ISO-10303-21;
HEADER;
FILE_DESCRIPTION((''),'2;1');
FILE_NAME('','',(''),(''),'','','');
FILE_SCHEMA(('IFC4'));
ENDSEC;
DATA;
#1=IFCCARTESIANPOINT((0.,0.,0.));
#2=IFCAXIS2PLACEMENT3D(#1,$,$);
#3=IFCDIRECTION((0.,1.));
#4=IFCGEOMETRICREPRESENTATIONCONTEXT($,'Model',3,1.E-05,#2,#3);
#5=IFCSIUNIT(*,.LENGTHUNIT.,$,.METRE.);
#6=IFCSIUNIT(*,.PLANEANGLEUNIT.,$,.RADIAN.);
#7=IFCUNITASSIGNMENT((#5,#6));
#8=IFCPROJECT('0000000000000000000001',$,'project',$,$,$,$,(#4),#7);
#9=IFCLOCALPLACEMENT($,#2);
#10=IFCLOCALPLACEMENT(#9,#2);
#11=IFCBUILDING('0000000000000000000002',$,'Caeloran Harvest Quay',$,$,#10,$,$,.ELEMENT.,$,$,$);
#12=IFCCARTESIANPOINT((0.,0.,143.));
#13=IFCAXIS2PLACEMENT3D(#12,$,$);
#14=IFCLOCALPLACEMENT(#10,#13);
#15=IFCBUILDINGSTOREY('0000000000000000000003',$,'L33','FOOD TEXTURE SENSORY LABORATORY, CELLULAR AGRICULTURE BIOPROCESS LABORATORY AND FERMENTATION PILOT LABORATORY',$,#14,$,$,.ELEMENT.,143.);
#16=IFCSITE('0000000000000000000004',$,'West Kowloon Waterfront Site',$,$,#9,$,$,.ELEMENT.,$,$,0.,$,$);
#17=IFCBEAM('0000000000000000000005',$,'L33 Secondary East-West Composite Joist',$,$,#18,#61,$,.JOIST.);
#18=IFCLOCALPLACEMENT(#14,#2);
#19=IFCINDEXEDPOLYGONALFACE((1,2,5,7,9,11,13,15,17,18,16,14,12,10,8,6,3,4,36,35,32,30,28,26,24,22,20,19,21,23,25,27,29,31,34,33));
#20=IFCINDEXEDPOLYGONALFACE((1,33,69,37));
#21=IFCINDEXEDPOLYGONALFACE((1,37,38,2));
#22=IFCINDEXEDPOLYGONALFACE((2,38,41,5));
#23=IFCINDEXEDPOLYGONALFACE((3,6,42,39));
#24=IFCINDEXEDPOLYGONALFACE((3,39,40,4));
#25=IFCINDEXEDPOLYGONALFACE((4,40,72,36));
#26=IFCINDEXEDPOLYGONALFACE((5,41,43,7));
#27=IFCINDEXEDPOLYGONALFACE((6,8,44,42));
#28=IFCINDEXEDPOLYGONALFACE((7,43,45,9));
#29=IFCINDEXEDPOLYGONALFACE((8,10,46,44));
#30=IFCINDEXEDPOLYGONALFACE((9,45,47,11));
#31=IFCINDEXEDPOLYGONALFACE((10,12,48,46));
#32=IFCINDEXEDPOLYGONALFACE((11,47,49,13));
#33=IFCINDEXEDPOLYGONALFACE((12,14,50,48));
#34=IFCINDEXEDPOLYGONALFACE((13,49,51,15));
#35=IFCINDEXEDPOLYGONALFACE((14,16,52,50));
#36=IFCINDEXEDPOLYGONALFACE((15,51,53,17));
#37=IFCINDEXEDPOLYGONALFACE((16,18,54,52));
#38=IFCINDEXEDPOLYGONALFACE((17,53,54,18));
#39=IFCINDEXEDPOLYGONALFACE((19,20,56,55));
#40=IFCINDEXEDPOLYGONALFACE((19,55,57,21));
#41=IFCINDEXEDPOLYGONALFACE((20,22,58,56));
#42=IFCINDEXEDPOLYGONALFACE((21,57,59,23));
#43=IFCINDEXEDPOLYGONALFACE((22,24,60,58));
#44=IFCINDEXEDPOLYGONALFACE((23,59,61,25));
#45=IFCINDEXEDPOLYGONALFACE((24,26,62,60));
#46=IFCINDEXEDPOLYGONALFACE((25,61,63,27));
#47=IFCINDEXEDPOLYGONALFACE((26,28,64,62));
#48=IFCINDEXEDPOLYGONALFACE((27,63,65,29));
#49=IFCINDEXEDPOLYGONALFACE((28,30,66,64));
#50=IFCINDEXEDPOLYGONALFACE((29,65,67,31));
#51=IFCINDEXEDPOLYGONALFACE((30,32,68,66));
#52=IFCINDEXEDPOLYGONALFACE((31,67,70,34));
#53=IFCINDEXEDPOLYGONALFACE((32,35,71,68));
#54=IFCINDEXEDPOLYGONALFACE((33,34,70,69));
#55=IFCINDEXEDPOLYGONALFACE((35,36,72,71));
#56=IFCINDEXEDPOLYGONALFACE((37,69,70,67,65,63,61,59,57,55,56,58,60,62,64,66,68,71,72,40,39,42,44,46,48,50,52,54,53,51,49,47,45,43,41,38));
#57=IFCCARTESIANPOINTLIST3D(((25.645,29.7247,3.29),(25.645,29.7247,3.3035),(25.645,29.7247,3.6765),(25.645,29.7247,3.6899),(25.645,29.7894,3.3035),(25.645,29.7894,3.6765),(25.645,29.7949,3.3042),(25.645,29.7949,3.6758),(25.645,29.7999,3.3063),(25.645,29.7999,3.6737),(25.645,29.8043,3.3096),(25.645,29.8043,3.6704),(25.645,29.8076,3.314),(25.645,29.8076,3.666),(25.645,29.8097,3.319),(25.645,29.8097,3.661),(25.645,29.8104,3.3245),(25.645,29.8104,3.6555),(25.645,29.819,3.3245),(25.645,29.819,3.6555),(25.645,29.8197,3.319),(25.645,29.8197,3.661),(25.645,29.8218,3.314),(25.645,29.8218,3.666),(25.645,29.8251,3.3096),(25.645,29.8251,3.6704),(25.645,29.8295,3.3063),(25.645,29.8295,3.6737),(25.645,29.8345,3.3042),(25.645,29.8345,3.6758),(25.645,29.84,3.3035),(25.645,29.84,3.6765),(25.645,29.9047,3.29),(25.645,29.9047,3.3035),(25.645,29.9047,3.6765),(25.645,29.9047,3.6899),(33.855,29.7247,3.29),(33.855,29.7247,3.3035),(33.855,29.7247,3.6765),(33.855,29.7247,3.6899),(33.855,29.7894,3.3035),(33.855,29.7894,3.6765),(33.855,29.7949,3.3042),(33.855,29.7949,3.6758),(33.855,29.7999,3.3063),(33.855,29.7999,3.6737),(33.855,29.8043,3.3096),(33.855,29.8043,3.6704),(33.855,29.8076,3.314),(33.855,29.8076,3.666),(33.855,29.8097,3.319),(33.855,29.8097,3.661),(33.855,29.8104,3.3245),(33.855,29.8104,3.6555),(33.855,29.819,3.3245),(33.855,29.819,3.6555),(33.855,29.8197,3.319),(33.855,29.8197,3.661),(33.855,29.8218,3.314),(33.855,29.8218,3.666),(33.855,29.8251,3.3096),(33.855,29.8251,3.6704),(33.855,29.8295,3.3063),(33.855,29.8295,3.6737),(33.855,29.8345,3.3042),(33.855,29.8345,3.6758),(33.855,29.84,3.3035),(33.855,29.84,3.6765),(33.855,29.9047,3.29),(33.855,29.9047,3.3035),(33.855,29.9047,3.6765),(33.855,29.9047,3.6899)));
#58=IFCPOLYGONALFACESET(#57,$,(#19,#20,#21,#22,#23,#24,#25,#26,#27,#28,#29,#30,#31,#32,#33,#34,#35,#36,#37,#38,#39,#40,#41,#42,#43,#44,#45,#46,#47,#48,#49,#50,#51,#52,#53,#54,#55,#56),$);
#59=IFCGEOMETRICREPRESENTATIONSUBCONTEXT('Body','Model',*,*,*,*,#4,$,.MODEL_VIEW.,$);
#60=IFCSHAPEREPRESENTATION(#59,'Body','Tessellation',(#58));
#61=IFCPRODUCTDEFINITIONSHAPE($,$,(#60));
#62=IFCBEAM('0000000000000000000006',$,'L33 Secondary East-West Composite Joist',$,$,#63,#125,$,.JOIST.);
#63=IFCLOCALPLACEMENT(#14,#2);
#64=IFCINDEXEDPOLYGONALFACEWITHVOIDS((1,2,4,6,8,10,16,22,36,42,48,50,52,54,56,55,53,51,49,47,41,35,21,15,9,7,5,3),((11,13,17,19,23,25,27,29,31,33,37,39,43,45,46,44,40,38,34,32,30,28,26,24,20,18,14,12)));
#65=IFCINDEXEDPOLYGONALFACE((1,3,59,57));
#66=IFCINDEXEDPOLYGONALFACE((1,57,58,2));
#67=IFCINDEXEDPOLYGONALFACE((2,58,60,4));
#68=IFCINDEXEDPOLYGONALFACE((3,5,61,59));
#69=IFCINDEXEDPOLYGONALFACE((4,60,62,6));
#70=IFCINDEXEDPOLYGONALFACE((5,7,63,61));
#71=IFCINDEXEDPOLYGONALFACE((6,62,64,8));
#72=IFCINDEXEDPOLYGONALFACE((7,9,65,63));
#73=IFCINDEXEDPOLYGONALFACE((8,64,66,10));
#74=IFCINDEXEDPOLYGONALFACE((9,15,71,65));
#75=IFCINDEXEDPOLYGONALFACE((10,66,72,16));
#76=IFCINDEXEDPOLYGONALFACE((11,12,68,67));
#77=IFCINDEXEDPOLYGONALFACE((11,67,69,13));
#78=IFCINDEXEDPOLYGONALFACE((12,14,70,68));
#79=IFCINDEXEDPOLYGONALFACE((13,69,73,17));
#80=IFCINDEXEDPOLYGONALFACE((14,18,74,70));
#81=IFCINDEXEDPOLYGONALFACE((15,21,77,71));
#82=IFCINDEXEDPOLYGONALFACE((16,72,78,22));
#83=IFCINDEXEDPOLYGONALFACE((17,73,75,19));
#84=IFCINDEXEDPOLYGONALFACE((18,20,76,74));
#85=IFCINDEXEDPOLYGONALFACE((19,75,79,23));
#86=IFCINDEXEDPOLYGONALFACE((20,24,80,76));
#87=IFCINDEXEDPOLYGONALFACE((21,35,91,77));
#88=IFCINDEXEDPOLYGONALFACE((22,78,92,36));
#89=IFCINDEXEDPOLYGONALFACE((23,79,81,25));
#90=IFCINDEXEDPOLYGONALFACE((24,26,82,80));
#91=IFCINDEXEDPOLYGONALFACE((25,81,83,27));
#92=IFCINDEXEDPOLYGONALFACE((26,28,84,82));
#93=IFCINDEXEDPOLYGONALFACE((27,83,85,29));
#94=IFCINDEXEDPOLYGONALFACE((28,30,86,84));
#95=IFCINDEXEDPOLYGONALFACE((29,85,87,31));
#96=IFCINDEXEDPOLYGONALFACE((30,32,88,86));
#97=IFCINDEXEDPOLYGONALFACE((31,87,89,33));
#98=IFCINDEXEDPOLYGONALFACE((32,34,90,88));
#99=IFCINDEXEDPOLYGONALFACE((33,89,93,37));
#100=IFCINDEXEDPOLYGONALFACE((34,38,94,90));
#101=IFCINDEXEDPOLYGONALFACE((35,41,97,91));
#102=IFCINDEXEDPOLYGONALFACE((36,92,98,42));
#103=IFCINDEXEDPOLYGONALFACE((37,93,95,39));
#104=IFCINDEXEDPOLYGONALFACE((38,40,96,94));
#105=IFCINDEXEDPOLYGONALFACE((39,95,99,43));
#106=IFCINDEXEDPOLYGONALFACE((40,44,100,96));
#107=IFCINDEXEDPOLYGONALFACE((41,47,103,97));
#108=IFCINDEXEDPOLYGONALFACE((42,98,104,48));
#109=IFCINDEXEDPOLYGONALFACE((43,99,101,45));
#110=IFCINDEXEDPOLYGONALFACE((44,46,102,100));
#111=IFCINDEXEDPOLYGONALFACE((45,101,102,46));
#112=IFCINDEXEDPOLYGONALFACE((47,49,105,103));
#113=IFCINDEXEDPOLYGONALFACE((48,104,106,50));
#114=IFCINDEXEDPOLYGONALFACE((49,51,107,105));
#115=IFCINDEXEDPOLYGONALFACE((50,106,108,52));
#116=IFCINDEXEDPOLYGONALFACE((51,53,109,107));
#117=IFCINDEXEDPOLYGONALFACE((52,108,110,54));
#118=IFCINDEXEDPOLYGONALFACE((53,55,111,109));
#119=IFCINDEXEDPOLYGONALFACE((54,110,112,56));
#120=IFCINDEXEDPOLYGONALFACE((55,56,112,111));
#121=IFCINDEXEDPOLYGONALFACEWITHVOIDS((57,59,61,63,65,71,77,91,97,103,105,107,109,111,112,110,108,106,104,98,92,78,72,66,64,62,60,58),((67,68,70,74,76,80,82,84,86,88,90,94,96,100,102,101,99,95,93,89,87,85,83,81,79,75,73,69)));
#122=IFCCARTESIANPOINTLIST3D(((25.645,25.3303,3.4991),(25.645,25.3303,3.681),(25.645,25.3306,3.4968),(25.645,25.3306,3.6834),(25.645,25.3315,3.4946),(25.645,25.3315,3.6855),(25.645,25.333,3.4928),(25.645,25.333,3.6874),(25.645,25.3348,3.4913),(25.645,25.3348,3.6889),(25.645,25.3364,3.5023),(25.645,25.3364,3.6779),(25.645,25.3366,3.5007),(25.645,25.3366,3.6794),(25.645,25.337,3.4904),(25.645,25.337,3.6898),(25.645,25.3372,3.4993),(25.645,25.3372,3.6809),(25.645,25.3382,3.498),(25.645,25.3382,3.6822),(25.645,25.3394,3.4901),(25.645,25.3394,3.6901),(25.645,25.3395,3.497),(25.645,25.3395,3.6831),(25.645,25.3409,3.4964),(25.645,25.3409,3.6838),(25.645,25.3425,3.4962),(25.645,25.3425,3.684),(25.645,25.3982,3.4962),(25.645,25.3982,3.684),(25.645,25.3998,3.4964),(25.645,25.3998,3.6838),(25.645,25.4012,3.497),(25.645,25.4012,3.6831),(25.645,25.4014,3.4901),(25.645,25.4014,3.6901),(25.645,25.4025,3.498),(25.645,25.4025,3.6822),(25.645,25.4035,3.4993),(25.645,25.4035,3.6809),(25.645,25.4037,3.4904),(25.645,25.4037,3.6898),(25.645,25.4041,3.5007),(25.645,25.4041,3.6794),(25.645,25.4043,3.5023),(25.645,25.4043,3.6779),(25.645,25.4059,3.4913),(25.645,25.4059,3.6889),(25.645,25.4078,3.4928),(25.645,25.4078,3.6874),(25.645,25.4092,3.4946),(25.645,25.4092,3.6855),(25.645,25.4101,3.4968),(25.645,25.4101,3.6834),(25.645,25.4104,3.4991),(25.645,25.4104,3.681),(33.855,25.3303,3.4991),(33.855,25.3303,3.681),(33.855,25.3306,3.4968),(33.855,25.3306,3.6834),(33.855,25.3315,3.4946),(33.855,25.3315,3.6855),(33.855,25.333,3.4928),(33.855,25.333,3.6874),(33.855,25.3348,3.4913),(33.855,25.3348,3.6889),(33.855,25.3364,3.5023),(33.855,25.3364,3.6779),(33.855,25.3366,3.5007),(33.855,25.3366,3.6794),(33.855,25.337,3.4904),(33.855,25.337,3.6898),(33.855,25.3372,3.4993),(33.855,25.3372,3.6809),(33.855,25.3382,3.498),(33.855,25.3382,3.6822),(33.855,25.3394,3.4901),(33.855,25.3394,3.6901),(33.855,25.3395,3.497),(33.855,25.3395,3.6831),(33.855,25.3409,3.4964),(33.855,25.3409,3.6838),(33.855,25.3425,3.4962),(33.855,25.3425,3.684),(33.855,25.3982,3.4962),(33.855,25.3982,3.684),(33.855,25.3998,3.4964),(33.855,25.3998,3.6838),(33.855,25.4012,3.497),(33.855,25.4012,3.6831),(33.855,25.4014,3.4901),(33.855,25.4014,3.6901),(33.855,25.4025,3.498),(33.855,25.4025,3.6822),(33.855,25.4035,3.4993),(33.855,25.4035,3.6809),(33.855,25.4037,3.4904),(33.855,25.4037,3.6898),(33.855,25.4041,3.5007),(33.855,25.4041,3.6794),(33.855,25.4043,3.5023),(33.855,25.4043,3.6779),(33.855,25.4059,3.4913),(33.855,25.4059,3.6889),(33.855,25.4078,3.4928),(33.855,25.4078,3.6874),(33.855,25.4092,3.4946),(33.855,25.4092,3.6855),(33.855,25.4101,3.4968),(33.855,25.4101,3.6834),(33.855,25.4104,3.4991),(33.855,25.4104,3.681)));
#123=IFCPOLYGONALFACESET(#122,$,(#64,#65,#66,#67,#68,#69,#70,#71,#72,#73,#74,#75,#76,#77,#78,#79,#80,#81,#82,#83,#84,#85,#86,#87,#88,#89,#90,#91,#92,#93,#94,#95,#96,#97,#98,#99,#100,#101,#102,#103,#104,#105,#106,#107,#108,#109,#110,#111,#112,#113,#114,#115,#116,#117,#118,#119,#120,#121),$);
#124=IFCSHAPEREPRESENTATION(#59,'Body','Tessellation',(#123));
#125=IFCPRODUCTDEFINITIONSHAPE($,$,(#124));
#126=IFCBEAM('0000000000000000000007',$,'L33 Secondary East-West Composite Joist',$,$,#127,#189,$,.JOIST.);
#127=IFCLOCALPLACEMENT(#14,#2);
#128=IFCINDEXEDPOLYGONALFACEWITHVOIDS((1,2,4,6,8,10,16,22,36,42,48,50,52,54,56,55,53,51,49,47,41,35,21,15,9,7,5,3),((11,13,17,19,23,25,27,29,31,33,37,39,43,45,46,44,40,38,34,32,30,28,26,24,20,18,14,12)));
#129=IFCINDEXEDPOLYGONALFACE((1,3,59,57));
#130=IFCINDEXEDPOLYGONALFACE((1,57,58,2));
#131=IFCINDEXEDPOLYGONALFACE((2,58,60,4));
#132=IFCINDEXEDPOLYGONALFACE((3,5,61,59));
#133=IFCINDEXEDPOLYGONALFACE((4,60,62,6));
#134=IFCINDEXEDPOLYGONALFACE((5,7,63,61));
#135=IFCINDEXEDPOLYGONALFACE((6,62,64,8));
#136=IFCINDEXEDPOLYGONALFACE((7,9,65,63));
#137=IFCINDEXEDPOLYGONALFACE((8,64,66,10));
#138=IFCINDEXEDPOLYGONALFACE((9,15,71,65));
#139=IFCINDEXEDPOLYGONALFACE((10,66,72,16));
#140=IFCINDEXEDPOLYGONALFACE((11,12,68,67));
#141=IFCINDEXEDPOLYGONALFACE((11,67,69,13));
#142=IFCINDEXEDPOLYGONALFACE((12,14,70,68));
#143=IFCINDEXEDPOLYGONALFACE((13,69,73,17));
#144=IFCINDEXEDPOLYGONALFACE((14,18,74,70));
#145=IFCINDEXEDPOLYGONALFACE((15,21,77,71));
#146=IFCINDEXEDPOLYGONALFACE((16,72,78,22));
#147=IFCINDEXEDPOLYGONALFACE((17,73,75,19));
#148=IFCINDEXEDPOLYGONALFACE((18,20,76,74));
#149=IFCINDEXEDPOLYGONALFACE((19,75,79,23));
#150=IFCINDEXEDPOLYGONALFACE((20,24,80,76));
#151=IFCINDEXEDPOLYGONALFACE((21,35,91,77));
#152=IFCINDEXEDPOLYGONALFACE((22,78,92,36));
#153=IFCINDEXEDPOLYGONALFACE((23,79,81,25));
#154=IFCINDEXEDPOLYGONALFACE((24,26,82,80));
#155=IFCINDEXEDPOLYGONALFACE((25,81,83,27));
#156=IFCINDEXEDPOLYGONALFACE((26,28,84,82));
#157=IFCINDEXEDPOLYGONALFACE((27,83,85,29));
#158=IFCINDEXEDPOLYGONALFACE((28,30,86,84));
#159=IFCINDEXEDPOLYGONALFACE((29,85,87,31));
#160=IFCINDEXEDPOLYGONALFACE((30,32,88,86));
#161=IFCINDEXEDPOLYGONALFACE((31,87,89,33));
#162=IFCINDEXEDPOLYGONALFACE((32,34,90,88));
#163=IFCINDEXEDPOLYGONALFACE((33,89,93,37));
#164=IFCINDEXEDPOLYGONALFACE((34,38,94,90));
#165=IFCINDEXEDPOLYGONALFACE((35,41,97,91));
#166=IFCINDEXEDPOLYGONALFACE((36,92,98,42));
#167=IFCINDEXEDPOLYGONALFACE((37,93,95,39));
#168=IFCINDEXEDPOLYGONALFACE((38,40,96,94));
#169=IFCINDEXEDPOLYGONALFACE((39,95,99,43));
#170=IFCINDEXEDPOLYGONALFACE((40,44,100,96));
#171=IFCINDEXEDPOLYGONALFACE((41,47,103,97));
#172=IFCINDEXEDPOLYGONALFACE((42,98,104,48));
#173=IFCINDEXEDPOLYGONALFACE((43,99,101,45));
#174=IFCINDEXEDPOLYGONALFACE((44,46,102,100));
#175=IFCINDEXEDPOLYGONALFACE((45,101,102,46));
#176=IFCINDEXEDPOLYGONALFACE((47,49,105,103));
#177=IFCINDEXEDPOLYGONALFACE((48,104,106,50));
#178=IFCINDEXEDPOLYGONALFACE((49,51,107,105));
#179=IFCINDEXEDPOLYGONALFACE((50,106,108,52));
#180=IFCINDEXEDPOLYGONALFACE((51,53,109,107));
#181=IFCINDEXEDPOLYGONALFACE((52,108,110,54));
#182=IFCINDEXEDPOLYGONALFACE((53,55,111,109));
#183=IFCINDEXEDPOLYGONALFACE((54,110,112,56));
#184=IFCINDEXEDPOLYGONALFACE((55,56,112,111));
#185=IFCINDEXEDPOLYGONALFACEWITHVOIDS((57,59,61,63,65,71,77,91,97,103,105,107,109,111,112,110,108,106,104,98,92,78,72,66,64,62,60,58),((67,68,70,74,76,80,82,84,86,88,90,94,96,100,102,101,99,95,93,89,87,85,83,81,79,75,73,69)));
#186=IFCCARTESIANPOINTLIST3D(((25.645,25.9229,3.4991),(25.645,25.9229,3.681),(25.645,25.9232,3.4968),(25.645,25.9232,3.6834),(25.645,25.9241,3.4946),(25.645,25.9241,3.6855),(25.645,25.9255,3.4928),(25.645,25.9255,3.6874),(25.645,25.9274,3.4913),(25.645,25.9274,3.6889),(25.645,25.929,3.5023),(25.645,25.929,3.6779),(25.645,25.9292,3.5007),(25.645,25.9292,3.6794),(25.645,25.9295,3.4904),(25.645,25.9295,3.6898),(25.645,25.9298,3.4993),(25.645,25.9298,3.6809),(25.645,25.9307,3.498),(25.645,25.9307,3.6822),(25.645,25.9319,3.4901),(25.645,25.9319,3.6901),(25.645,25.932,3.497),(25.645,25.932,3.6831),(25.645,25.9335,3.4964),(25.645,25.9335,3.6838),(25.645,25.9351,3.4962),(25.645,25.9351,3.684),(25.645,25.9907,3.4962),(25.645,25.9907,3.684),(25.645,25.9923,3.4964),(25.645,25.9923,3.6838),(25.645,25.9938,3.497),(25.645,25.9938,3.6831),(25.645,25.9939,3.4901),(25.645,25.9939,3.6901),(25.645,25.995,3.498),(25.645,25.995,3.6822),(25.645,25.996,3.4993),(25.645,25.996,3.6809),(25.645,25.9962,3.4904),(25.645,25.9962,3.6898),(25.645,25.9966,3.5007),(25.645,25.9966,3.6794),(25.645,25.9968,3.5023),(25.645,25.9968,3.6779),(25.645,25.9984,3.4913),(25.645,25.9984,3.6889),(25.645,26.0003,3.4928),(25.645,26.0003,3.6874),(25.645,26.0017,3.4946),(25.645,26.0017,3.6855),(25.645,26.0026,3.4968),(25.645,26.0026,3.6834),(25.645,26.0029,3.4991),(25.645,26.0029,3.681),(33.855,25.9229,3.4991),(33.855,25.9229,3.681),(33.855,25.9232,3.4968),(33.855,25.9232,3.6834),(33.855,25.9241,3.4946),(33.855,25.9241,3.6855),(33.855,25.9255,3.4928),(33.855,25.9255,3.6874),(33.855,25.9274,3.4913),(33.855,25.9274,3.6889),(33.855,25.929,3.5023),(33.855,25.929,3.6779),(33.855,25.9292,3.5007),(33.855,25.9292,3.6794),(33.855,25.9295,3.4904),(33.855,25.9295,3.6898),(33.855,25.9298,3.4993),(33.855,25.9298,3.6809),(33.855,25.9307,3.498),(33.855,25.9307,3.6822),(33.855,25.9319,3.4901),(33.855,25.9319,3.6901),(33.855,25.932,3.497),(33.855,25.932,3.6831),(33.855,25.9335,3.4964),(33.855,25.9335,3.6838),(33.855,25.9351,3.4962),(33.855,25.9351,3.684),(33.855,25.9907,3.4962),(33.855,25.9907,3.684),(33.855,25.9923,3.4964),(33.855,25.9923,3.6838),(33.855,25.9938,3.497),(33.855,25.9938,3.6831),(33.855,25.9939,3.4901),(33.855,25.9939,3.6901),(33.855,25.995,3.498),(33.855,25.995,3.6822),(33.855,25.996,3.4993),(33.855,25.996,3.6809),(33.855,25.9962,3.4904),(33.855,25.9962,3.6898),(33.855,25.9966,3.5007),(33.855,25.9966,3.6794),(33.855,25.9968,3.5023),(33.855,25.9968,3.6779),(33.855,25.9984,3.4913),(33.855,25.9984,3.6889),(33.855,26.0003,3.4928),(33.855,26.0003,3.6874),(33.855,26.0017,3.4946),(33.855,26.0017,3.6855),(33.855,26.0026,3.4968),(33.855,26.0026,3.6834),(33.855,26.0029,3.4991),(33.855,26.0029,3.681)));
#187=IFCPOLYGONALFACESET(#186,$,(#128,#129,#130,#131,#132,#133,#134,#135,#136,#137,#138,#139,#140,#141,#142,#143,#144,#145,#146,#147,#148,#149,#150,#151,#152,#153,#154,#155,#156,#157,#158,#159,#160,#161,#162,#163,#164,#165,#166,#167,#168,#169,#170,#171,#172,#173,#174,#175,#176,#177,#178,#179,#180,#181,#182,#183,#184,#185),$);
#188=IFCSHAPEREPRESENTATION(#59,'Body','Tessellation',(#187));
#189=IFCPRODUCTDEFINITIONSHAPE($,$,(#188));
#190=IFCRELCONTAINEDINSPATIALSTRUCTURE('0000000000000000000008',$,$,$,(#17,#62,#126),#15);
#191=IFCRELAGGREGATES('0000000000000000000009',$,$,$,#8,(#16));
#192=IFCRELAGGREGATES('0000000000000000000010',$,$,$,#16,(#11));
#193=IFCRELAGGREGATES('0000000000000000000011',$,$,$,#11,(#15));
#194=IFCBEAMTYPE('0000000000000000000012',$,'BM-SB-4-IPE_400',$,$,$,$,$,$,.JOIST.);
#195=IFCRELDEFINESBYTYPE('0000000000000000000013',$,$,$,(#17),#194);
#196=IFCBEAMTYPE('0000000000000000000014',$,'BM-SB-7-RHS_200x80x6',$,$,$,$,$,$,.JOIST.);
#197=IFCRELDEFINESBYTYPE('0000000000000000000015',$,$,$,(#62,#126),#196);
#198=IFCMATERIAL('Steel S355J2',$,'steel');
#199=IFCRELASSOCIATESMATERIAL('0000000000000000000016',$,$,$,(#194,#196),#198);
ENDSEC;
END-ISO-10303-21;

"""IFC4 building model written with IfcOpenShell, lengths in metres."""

from ifc_helpers import new_model, si_unit, direction, frame, origin, origin_2d, place, context, subcontext, project, spatial, hollow_rectangle, i_section, extrude, material, material_profile, profile_set, type_object, element, save


model = new_model("IFC4")

# Units and contexts
model_context = context("Model", 3, precision=1e-05, world=origin(), true_north=direction((0.0, 1.0)))
body_context = subcontext(model_context, "Body", "Model", "MODEL_VIEW")
ifc_project = project(units=[si_unit("LENGTHUNIT", "METRE"), si_unit("PLANEANGLEUNIT", "RADIAN")], contexts=[model_context])

# Site, building, storey
site_placement = place(None, origin())
site = spatial("IfcSite", under=ifc_project, at=site_placement, Name="West Kowloon Waterfront Site", CompositionType="ELEMENT", RefElevation=0.0)
building_placement = place(site_placement, origin())
building = spatial("IfcBuilding", under=site, at=building_placement, Name="Caeloran Harvest Quay", CompositionType="ELEMENT")
storey_placement = place(building_placement, frame((0.0, 0.0, 143.0)))
storey = spatial("IfcBuildingStorey", under=building, at=storey_placement, Name="L33", Description="FOOD TEXTURE SENSORY LABORATORY, CELLULAR AGRICULTURE BIOPROCESS LABORATORY AND FERMENTATION PILOT LABORATORY", CompositionType="ELEMENT", Elevation=143.0)

# Beams
ifc_material = material(Name="Steel S355J2", Category="steel")
ifc_material_profile_1 = material_profile(ifc_material, i_section(OverallWidth=0.1799, OverallDepth=0.3999, WebThickness=0.0085, FlangeThickness=0.0134, FilletRadius=0.021, at=origin_2d()), Name="IPE 400")
ifc_profile_set_1 = profile_set([ifc_material_profile_1], Name="Steel S355J2")
beam_type_1 = type_object("IfcBeamType", Name="BM-SB-4-IPE_400", PredefinedType="JOIST", material=ifc_profile_set_1)
for number, where, z_axis, x_axis, name in (
    (1, (25.645, 29.8147, 3.49), (1.0, 0.0, 0.0), (0.0, 1.0, 0.0), "L33 Secondary East-West Composite Joist"),
):
    element("IfcBeam", number, at=place(storey_placement, frame(where, z_axis=z_axis, x_axis=x_axis)), inside=storey, type_object=beam_type_1, Name=name, PredefinedType="JOIST", context=body_context, shape_type="SweptSolid", body=[
        extrude(i_section(OverallWidth=0.1799, OverallDepth=0.3999, WebThickness=0.0085, FlangeThickness=0.0134, FilletRadius=0.021, at=origin_2d()), origin(), (0.0, 0.0, 1.0), 8.21),
    ])
ifc_material_profile_2 = material_profile(ifc_material, hollow_rectangle(XDim=0.0801, YDim=0.2, WallThickness=0.0061, InnerFilletRadius=0.0061, OuterFilletRadius=0.009, at=origin_2d()), Name="RHS 200x80x6")
ifc_profile_set_2 = profile_set([ifc_material_profile_2], Name="Steel S355J2")
beam_type_2 = type_object("IfcBeamType", Name="BM-SB-7-RHS_200x80x6", PredefinedType="JOIST", material=ifc_profile_set_2)
for number, where, z_axis, x_axis, name in (
    (2, (25.645, 25.3704, 3.5901), (1.0, 0.0, 0.0), (0.0, 1.0, 0.0), "L33 Secondary East-West Composite Joist"),
    (3, (25.645, 25.9629, 3.5901), (1.0, 0.0, 0.0), (0.0, 1.0, 0.0), "L33 Secondary East-West Composite Joist"),
):
    element("IfcBeam", number, at=place(storey_placement, frame(where, z_axis=z_axis, x_axis=x_axis)), inside=storey, type_object=beam_type_2, Name=name, PredefinedType="JOIST", context=body_context, shape_type="SweptSolid", body=[
        extrude(hollow_rectangle(XDim=0.0801, YDim=0.2, WallThickness=0.0061, InnerFilletRadius=0.0061, OuterFilletRadius=0.009, at=origin_2d()), origin(), (0.0, 0.0, 1.0), 8.21),
    ])

save(model, "model.ifc")
